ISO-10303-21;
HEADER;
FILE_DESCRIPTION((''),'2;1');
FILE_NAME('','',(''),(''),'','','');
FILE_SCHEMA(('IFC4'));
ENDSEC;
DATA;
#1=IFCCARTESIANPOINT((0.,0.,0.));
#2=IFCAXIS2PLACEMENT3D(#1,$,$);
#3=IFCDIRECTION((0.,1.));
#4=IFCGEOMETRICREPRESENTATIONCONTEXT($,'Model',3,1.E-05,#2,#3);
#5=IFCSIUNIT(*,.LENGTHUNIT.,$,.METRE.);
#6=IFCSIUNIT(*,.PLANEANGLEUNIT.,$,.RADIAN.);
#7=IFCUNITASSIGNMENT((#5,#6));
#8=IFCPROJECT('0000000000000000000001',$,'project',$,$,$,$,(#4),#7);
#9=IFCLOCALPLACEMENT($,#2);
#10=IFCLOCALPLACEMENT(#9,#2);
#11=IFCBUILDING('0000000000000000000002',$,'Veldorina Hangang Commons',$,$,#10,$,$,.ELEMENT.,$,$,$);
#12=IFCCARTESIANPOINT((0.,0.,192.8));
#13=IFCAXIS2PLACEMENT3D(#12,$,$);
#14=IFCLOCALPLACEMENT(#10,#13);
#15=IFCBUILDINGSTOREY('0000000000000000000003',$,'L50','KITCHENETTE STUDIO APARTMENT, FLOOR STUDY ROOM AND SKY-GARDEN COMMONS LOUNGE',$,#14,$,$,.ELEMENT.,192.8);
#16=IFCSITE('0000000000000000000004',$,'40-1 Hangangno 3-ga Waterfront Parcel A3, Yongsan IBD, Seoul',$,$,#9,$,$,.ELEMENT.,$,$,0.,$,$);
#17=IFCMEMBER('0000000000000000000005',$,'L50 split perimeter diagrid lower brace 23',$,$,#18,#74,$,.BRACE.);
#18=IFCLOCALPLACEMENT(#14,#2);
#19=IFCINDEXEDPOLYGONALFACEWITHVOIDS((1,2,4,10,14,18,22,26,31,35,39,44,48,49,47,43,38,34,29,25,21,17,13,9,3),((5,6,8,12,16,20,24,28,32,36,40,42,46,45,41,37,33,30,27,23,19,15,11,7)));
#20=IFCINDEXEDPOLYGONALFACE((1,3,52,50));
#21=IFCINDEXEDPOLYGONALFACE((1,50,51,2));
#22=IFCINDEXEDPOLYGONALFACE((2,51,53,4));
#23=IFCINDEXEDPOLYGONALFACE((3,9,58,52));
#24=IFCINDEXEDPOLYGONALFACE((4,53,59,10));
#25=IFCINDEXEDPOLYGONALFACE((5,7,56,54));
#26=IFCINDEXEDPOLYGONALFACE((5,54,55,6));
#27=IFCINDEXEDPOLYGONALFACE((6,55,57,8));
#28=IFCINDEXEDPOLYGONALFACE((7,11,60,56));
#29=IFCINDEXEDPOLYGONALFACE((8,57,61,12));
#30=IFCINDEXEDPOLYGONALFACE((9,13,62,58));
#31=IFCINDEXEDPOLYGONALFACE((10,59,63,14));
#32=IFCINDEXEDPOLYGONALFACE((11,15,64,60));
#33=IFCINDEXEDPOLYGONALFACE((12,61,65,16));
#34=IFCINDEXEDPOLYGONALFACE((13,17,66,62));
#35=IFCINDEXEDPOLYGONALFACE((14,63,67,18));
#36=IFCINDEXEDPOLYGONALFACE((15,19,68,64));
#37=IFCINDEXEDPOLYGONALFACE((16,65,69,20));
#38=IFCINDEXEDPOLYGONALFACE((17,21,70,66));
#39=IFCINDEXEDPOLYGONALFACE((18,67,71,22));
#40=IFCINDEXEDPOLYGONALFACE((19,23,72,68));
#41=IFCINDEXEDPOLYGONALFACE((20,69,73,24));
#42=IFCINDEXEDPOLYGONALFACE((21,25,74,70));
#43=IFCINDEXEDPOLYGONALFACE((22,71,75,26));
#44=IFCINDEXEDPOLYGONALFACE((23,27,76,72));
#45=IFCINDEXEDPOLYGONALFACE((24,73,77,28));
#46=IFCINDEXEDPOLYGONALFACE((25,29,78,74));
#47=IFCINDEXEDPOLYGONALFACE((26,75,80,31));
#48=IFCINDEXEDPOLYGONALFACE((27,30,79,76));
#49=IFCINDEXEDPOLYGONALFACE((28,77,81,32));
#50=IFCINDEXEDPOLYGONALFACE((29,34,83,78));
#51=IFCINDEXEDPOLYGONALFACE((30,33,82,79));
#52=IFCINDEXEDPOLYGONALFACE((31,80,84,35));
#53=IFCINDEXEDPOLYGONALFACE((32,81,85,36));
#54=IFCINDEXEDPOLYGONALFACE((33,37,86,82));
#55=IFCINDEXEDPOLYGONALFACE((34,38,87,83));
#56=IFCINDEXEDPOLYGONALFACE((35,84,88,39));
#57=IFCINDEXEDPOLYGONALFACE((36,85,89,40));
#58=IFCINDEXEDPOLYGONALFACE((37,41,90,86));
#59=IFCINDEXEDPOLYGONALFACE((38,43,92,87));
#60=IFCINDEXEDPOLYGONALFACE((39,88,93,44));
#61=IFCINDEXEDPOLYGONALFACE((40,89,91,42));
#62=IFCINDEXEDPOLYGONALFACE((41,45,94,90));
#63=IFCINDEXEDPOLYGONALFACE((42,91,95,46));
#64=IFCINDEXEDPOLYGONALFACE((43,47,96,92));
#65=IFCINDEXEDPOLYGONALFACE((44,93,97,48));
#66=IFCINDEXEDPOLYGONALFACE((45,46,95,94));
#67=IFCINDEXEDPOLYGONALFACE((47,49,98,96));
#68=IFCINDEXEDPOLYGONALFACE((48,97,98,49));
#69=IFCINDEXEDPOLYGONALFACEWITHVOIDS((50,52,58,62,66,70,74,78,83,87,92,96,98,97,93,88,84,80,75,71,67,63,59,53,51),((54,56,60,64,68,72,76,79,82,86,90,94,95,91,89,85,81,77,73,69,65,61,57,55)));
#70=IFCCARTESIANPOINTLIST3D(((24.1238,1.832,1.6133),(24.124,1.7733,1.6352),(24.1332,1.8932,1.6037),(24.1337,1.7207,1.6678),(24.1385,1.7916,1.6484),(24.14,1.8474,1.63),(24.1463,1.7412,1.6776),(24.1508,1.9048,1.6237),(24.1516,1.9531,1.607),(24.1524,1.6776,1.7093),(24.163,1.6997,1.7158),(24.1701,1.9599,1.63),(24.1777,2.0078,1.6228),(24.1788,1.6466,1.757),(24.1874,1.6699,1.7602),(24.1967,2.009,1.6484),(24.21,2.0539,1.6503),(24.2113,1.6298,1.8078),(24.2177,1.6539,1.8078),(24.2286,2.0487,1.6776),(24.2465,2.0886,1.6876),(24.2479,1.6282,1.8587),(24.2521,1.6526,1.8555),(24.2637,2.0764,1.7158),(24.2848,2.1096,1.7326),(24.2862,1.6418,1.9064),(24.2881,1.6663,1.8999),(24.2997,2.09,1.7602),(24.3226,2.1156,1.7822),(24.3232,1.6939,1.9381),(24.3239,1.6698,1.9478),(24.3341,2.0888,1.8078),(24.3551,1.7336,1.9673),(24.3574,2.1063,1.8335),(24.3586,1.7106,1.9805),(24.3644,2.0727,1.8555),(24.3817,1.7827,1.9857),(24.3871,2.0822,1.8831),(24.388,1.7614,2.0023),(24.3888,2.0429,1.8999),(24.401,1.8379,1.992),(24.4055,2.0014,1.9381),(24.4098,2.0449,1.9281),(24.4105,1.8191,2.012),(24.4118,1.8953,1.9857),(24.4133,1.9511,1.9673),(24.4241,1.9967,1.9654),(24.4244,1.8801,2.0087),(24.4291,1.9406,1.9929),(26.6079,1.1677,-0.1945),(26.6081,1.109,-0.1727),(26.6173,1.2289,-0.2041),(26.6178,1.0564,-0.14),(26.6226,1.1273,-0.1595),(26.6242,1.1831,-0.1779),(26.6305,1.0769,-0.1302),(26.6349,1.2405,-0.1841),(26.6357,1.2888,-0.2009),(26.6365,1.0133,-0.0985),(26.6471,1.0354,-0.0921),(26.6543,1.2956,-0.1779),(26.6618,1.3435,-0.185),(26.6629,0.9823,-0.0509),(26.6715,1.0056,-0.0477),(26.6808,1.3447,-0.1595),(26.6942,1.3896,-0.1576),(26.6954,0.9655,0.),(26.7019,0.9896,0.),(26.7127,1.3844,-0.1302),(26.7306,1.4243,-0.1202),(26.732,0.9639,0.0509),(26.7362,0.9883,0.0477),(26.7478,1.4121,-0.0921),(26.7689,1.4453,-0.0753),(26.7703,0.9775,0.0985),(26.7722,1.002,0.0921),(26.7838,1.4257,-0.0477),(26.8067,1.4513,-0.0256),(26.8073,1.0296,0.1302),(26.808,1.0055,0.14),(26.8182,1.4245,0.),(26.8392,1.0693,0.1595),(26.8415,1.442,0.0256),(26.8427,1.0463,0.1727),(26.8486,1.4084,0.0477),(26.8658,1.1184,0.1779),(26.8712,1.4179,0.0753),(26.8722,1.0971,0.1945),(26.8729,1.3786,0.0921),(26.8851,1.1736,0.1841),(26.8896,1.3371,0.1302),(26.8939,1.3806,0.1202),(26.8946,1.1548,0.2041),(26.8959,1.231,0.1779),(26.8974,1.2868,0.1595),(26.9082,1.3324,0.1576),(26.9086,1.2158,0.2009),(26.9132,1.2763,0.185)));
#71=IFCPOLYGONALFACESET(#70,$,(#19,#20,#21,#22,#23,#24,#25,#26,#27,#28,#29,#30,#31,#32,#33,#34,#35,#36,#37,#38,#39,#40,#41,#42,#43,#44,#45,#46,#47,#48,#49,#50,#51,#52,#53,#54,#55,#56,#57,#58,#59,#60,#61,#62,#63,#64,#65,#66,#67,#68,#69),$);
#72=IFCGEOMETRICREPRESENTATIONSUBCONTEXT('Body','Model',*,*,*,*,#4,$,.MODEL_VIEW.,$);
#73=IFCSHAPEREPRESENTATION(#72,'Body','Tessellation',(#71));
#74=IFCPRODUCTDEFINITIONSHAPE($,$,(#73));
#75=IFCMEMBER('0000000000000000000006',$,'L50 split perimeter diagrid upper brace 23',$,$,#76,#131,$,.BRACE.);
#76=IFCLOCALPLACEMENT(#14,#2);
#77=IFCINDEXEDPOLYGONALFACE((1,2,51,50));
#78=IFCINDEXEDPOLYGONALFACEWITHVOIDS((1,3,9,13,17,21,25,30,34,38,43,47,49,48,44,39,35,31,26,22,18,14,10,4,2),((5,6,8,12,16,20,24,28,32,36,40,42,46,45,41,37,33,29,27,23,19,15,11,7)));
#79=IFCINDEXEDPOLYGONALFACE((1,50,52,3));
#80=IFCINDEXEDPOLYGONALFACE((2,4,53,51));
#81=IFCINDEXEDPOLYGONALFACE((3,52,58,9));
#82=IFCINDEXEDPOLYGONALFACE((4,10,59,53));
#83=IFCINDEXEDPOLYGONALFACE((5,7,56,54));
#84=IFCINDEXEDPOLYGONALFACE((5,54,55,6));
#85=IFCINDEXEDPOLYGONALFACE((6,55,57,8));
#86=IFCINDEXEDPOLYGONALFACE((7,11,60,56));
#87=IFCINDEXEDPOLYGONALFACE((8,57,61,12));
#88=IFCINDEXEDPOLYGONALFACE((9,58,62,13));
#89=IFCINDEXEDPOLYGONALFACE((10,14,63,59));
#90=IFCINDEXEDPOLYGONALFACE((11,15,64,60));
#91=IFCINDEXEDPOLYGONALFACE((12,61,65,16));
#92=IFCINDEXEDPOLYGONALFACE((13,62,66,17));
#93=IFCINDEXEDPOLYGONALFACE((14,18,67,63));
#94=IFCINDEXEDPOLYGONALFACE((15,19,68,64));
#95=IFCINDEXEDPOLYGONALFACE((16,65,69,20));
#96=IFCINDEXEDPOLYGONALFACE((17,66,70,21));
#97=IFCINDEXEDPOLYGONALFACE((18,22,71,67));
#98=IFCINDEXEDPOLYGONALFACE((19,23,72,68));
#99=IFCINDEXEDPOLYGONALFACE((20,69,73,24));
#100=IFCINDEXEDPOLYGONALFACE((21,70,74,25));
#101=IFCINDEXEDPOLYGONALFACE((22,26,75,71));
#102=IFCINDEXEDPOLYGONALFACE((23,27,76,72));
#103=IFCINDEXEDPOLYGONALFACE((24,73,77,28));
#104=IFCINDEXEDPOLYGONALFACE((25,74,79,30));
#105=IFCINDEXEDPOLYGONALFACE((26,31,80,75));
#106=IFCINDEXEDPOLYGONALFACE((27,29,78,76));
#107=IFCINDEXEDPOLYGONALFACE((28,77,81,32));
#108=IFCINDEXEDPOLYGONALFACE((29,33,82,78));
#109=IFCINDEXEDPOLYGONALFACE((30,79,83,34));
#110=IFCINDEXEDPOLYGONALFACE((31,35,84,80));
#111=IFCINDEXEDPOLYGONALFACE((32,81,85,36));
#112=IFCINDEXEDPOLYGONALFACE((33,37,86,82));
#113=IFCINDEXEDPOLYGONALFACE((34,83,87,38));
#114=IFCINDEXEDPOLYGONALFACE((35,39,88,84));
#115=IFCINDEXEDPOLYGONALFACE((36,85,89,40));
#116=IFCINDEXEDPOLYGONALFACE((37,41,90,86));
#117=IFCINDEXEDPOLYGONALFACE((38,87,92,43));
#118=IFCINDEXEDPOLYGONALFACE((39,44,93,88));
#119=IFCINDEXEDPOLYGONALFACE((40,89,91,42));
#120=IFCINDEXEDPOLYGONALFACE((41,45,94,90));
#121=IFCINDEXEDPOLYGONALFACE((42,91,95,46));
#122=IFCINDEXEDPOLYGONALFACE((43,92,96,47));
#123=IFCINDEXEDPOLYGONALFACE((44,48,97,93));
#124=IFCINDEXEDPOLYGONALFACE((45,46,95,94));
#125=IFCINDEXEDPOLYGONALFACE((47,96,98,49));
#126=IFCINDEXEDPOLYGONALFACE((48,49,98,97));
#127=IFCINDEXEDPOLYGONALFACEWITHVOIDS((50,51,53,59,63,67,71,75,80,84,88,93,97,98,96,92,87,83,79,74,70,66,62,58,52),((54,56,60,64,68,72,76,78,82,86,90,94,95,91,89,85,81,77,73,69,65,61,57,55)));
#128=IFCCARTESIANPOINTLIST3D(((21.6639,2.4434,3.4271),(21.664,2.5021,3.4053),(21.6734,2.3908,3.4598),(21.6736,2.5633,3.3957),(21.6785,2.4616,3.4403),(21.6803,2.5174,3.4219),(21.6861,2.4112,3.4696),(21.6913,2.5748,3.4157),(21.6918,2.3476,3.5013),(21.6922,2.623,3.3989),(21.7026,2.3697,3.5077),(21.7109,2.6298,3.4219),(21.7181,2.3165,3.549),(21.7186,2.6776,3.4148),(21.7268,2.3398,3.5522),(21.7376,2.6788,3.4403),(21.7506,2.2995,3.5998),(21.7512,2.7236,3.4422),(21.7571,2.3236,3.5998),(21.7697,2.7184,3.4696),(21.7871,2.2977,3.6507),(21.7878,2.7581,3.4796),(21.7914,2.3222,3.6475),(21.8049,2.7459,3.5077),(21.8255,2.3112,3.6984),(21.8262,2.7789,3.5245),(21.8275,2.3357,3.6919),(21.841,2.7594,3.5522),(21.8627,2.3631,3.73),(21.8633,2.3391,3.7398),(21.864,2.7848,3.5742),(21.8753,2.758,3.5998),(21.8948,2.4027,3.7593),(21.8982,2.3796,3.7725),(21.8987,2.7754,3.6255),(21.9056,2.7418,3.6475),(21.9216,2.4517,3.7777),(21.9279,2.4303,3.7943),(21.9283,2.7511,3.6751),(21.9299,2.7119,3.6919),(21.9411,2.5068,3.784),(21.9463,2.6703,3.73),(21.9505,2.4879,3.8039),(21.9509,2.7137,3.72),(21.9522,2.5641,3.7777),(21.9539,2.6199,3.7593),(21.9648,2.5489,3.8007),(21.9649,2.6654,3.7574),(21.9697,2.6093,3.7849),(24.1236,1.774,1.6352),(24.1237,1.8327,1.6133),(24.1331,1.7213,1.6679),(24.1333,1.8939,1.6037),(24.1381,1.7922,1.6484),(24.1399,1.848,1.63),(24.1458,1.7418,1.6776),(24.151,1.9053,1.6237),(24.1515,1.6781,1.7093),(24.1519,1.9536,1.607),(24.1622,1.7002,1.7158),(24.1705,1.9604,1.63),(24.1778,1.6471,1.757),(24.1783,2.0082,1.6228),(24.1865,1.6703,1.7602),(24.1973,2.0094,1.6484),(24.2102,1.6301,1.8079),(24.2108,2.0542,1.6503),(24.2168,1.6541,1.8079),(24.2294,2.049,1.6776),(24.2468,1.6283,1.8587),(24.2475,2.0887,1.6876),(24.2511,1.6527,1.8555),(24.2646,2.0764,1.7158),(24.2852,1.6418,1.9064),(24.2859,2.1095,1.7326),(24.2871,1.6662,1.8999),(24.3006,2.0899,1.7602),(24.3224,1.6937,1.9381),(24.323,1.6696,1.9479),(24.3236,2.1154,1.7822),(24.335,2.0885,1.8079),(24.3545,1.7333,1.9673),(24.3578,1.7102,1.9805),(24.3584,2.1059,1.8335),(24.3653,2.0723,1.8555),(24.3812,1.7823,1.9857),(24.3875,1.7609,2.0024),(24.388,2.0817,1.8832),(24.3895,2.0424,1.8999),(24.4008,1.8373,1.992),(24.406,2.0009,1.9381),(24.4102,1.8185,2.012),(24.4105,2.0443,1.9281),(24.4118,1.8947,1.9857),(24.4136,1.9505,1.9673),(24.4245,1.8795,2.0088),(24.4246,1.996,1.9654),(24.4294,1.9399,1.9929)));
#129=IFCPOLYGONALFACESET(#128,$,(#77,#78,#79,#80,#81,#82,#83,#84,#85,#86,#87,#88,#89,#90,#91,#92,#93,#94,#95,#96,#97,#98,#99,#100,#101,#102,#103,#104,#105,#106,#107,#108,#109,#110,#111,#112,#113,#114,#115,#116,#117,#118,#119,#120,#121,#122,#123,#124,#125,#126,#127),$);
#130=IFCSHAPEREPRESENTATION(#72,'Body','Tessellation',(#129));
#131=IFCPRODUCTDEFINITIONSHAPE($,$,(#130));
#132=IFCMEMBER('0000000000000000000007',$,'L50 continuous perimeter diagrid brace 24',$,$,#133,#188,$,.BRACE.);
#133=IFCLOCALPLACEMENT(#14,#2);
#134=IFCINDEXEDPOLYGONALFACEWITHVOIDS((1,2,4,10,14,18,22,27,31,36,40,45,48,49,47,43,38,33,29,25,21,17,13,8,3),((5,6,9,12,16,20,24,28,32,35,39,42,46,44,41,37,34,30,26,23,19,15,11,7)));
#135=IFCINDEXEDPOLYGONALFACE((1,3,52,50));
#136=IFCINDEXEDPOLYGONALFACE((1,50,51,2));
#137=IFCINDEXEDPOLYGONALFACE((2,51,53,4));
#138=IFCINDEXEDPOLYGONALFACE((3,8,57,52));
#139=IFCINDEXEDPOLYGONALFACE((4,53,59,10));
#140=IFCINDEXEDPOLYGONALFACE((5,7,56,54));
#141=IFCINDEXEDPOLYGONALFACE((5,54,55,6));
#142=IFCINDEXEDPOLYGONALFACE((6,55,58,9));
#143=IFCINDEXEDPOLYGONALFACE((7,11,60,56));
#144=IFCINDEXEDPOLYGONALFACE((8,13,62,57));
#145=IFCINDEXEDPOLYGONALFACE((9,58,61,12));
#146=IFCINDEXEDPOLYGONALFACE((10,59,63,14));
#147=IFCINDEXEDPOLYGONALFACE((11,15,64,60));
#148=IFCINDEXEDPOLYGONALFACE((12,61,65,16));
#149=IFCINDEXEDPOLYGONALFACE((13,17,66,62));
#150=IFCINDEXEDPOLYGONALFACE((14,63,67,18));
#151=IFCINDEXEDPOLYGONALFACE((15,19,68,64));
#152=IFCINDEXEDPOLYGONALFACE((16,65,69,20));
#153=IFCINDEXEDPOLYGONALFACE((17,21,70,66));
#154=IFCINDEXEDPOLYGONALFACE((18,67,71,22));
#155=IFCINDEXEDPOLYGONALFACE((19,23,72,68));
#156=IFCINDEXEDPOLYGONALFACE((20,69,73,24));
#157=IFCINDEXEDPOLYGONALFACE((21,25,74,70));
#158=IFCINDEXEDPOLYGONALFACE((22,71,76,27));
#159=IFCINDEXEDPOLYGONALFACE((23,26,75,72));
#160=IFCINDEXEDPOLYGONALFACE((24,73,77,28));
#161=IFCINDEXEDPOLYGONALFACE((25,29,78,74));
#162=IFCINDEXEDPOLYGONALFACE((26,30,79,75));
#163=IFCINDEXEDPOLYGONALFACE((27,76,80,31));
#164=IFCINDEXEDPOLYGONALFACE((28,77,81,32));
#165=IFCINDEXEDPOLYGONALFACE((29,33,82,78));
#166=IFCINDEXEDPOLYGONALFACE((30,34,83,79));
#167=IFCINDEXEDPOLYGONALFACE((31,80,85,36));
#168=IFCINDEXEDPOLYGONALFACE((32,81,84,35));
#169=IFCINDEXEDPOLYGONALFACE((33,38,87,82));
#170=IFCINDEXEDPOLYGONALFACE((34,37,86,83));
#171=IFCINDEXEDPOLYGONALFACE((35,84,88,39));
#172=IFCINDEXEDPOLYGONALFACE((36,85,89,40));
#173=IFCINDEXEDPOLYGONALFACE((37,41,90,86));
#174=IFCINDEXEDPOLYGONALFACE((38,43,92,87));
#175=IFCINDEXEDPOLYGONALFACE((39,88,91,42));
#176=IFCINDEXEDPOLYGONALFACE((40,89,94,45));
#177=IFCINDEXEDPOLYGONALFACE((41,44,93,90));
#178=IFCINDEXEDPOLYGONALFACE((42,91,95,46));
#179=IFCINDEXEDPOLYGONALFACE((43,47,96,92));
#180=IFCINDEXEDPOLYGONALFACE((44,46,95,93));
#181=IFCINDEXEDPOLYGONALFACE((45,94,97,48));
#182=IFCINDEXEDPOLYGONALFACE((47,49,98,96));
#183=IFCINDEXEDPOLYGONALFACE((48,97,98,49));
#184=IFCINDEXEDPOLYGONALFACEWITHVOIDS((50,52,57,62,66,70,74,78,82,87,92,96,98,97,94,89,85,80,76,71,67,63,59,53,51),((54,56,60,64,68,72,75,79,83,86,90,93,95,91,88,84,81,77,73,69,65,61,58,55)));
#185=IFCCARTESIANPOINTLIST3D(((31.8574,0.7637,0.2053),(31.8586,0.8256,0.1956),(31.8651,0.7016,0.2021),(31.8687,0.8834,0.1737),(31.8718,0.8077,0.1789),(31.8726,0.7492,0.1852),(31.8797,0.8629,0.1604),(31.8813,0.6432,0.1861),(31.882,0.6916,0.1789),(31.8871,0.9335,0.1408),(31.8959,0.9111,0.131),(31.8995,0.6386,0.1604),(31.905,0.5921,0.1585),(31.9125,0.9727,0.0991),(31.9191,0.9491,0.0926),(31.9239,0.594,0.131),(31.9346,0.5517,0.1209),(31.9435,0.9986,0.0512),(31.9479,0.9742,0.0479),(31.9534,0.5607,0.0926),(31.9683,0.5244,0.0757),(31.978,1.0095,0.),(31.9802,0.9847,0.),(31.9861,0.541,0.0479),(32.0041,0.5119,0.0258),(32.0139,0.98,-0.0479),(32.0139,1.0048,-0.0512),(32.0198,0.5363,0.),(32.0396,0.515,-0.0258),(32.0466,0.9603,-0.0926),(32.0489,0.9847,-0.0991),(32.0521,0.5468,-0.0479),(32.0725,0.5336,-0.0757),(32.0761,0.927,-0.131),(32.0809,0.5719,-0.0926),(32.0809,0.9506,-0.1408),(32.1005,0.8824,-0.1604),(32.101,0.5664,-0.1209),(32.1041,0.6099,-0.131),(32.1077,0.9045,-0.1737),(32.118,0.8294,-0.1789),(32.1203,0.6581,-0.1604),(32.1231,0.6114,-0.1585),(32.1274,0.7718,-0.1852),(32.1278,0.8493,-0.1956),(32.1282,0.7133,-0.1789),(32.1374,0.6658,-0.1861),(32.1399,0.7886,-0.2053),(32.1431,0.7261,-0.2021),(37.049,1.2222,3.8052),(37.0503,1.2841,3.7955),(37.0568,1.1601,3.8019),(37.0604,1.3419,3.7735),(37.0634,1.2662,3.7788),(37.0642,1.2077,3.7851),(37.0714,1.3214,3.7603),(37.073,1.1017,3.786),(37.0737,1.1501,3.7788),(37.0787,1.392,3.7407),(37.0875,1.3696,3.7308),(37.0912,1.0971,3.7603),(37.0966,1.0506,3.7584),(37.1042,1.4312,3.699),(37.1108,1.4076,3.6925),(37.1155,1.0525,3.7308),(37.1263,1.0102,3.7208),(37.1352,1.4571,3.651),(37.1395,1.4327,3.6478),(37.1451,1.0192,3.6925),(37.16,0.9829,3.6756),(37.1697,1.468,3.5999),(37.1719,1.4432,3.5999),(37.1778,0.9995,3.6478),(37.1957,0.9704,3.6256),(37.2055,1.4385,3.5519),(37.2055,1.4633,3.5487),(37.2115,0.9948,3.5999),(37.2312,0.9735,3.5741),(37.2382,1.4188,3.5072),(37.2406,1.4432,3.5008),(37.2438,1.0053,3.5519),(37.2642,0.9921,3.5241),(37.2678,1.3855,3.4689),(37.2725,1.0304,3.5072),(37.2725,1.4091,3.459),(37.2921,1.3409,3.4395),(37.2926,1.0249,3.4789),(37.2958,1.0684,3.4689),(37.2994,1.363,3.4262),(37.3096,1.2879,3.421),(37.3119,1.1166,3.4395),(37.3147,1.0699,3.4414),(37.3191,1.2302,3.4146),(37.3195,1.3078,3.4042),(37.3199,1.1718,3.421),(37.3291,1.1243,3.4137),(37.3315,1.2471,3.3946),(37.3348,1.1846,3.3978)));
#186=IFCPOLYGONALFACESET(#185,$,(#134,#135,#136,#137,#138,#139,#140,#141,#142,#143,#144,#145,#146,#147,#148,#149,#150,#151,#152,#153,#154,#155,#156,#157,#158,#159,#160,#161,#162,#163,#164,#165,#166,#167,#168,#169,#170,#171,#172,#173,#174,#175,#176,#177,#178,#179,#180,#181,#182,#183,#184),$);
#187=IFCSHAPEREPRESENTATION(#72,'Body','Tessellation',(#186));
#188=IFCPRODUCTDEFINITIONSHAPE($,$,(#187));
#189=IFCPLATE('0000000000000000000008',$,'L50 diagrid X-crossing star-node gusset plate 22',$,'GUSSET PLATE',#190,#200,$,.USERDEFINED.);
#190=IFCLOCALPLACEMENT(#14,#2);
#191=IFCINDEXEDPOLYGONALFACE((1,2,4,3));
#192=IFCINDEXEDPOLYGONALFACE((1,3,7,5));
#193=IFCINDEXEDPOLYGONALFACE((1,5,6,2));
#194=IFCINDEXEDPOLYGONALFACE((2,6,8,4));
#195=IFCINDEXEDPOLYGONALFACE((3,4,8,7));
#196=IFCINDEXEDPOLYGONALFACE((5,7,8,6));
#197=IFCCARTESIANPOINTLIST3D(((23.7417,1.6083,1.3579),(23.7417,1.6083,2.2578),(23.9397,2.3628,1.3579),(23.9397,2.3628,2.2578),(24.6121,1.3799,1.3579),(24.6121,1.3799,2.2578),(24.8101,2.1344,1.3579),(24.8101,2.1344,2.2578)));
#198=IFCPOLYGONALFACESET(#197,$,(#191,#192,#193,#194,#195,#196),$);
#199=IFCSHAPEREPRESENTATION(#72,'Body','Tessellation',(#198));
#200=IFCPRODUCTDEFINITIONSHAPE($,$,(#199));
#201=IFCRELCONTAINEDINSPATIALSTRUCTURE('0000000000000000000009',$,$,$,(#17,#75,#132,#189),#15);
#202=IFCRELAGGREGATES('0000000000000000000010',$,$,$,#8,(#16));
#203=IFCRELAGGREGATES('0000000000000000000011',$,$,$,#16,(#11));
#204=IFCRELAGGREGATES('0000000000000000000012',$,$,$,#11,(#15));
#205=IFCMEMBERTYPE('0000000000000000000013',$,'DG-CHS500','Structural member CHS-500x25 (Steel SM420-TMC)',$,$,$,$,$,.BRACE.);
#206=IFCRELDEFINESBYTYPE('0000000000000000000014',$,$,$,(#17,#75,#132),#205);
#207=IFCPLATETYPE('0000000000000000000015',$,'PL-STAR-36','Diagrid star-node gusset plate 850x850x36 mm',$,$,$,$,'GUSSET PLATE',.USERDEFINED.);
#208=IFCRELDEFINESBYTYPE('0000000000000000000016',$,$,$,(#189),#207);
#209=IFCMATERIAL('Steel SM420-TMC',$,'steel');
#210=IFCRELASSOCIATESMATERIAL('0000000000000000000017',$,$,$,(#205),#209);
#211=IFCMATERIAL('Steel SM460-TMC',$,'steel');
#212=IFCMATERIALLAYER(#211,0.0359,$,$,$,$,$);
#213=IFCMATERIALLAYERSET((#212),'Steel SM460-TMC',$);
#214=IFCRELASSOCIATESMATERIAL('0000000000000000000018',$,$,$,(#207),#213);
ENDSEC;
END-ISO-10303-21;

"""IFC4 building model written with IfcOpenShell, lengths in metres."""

from ifc_helpers import new_model, si_unit, direction, frame, origin, origin_2d, place, context, subcontext, project, spatial, rectangle, hollow_circle, extrude, material, layer, layer_set, material_profile, profile_set, type_object, element, save


model = new_model("IFC4")

# Units and contexts
model_context = context("Model", 3, precision=1e-05, world=origin(), true_north=direction((0.0, 1.0)))
body_context = subcontext(model_context, "Body", "Model", "MODEL_VIEW")
ifc_project = project(units=[si_unit("LENGTHUNIT", "METRE"), si_unit("PLANEANGLEUNIT", "RADIAN")], contexts=[model_context])

# Site, building, storey
site_placement = place(None, origin())
site = spatial("IfcSite", under=ifc_project, at=site_placement, Name="40-1 Hangangno 3-ga Waterfront Parcel A3, Yongsan IBD, Seoul", CompositionType="ELEMENT", RefElevation=0.0)
building_placement = place(site_placement, origin())
building = spatial("IfcBuilding", under=site, at=building_placement, Name="Veldorina Hangang Commons", CompositionType="ELEMENT")
storey_placement = place(building_placement, frame((0.0, 0.0, 192.8)))
storey = spatial("IfcBuildingStorey", under=building, at=storey_placement, Name="L50", Description="KITCHENETTE STUDIO APARTMENT, FLOOR STUDY ROOM AND SKY-GARDEN COMMONS LOUNGE", CompositionType="ELEMENT", Elevation=192.8)

# Shared definitions
ifc_material_1 = material(Name="Steel SM420-TMC", Category="steel")

# Members
ifc_material_profile_1 = material_profile(ifc_material_1, hollow_circle(Radius=0.25, WallThickness=0.0249, at=origin_2d()), Name="CHS-500x25")
ifc_profile_set_1 = profile_set([ifc_material_profile_1], Name="Steel SM420-TMC")
member_type_1 = type_object("IfcMemberType", Name="DG-CHS500", Description="Structural member CHS-500x25 (Steel SM420-TMC)", PredefinedType="BRACE", material=ifc_profile_set_1)
member_1_placement = place(storey_placement, frame((26.76, 1.207, 0.0), z_axis=(-0.790284, 0.211338, 0.575141), x_axis=(-0.258342, -0.966053, 0.0)))
element("IfcMember", 1, at=member_1_placement, inside=storey, type_object=member_type_1, Name="L50 split perimeter diagrid lower brace 23", PredefinedType="BRACE", context=body_context, shape_type="SweptSolid", body=[
    extrude(hollow_circle(Radius=0.25, WallThickness=0.0249, at=origin_2d()), origin(), (0.0, 0.0, 1.0), 3.1433),
])
member_2_placement = place(storey_placement, frame((24.2759, 1.8713, 1.8079), z_axis=(-0.789378, 0.214836, 0.57509), x_axis=(-0.262607, -0.964903, 0.0)))
element("IfcMember", 2, at=member_2_placement, inside=storey, type_object=member_type_1, Name="L50 split perimeter diagrid upper brace 23", PredefinedType="BRACE", context=body_context, shape_type="SweptSolid", body=[
    extrude(hollow_circle(Radius=0.25, WallThickness=0.0249, at=origin_2d()), origin(), (0.0, 0.0, 1.0), 3.116),
])
member_3_placement = place(storey_placement, frame((32.0, 0.7605, 0.0), z_axis=(0.819619, 0.072384, 0.568318), x_axis=(-0.087972, 0.996123, 0.0)))
element("IfcMember", 3, at=member_3_placement, inside=storey, type_object=member_type_1, Name="L50 continuous perimeter diagrid brace 24", PredefinedType="BRACE", context=body_context, shape_type="SweptSolid", body=[
    extrude(hollow_circle(Radius=0.25, WallThickness=0.0249, at=origin_2d()), origin(), (0.0, 0.0, 1.0), 6.3342),
])

# Plate
ifc_material_2 = material(Name="Steel SM460-TMC", Category="steel")
ifc_layer_1 = layer(ifc_material_2, 0.0359)
ifc_layer_set_1 = layer_set([ifc_layer_1], Name="Steel SM460-TMC")
plate_type = type_object("IfcPlateType", Name="PL-STAR-36", Description="Diagrid star-node gusset plate 850x850x36 mm", ElementType="GUSSET PLATE", PredefinedType="USERDEFINED", material=ifc_layer_set_1)
plate_placement = place(storey_placement, frame((24.2759, 1.8713, 1.3579), z_axis=(0.0, 0.0, 1.0), x_axis=(0.967241, -0.253859, 0.0)))
element("IfcPlate", 4, at=plate_placement, inside=storey, type_object=plate_type, Name="L50 diagrid X-crossing star-node gusset plate 22", ObjectType="GUSSET PLATE", PredefinedType="USERDEFINED", context=body_context, shape_type="SweptSolid", body=[
    extrude(rectangle(XDim=0.8999, YDim=0.78, at=origin_2d()), origin(), (0.0, 0.0, 1.0), 0.8999),
])

save(model, "model.ifc")
